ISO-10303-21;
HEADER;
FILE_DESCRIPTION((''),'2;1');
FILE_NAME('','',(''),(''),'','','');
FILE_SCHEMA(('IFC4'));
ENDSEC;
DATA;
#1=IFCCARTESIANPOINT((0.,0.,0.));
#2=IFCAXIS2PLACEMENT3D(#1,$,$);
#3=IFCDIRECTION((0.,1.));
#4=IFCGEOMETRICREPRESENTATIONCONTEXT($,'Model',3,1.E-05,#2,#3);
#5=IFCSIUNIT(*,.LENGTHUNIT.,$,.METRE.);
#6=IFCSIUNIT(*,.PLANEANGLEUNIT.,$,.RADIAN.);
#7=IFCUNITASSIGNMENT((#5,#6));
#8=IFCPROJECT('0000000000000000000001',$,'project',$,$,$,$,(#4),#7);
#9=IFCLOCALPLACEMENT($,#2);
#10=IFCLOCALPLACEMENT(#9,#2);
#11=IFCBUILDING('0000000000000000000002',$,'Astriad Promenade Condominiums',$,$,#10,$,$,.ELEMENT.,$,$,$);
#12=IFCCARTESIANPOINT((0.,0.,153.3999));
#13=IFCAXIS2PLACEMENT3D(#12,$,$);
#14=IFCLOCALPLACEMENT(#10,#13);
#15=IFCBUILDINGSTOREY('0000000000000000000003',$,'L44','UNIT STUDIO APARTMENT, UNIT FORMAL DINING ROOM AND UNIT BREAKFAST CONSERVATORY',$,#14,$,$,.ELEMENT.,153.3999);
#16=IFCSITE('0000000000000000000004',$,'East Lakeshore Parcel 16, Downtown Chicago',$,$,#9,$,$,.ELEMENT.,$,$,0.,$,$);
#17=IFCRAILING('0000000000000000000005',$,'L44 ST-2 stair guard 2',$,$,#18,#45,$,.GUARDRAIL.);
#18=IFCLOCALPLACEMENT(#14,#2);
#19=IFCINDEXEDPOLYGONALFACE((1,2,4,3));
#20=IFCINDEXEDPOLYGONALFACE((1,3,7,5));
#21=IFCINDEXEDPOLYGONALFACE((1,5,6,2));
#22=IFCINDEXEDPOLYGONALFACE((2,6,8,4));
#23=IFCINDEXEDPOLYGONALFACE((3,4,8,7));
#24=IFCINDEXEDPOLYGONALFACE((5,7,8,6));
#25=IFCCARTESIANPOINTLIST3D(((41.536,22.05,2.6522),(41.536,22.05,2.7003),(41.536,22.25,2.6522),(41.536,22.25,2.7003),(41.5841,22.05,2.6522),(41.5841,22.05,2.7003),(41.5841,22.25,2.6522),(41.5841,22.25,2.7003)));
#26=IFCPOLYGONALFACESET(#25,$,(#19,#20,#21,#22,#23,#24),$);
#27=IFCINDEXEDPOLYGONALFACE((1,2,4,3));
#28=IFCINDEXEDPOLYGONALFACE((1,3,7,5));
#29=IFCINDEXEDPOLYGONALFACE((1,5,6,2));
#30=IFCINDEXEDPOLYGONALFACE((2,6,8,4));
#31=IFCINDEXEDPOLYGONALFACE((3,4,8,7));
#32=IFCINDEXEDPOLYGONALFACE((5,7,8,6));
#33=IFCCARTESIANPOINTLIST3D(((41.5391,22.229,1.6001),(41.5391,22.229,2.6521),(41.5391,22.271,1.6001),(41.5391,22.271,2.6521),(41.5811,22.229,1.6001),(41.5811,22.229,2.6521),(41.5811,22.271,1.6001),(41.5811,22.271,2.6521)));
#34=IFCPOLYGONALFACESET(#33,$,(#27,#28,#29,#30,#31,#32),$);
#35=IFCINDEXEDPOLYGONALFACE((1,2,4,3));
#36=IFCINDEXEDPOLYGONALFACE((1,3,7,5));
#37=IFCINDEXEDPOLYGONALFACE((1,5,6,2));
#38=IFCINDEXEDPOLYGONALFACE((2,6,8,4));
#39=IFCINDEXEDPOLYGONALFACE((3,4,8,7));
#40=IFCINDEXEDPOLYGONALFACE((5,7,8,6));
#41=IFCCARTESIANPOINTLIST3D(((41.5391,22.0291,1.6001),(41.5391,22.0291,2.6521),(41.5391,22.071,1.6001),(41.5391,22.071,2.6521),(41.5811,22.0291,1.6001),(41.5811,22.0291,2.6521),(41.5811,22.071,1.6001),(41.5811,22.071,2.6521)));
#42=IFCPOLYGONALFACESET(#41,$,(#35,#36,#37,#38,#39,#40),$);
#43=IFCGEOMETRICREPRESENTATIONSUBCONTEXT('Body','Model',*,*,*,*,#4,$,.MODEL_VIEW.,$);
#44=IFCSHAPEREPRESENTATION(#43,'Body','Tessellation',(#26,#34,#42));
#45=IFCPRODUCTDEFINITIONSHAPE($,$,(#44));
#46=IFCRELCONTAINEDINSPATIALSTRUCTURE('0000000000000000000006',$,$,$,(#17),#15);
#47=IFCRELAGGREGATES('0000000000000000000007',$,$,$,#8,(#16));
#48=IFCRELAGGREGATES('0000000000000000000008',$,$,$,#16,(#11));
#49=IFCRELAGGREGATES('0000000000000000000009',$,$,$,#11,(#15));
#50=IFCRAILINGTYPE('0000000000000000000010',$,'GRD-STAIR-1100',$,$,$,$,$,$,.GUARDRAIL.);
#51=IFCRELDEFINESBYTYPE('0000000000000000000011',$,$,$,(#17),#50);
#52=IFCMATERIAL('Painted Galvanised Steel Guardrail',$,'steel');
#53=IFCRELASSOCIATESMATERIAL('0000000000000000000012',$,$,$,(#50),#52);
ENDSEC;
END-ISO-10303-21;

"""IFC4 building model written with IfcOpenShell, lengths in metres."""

from ifc_helpers import new_model, si_unit, direction, frame, origin, origin_2d, place, context, subcontext, project, spatial, rectangle, extrude, source, transform, mapped, material, type_object, element, save


model = new_model("IFC4")

# Units and contexts
model_context = context("Model", 3, precision=1e-05, world=origin(), true_north=direction((0.0, 1.0)))
body_context = subcontext(model_context, "Body", "Model", "MODEL_VIEW")
ifc_project = project(units=[si_unit("LENGTHUNIT", "METRE"), si_unit("PLANEANGLEUNIT", "RADIAN")], contexts=[model_context])

# Site, building, storey
site_placement = place(None, origin())
site = spatial("IfcSite", under=ifc_project, at=site_placement, Name="East Lakeshore Parcel 16, Downtown Chicago", CompositionType="ELEMENT", RefElevation=0.0)
building_placement = place(site_placement, origin())
building = spatial("IfcBuilding", under=site, at=building_placement, Name="Astriad Promenade Condominiums", CompositionType="ELEMENT")
storey_placement = place(building_placement, frame((0.0, 0.0, 153.3999)))
storey = spatial("IfcBuildingStorey", under=building, at=storey_placement, Name="L44", Description="UNIT STUDIO APARTMENT, UNIT FORMAL DINING ROOM AND UNIT BREAKFAST CONSERVATORY", CompositionType="ELEMENT", Elevation=153.3999)

# Railing
ifc_material_1 = material(Name="Painted Galvanised Steel Guardrail", Category="steel")
railing_type_1 = type_object("IfcRailingType", Name="GRD-STAIR-1100", PredefinedType="GUARDRAIL", material=ifc_material_1)
shared_shape_1 = source(origin(), body_context, "Body", "SweptSolid", [
    extrude(rectangle(XDim=0.0481, YDim=0.0481, at=origin_2d()), frame((0.0, 0.0, 1.0762), z_axis=(0.0, -1.0, 0.0), x_axis=(1.0, 0.0, 0.0)), (0.0, 0.0, 1.0), 0.2),
    extrude(rectangle(XDim=0.042, YDim=0.042, at=origin_2d()), origin(), (0.0, 0.0, 1.0), 1.052),
    extrude(rectangle(XDim=0.042, YDim=0.042, at=origin_2d()), frame((0.0, -0.2, 0.0)), (0.0, 0.0, 1.0), 1.052),
])
railing_1_placement = place(storey_placement, frame((41.5601, 22.25, 1.6001)))
element("IfcRailing", 1, at=railing_1_placement, inside=storey, type_object=railing_type_1, Name="L44 ST-2 stair guard 2", PredefinedType="GUARDRAIL", context=body_context, shape_type="MappedRepresentation", body=[
    mapped(shared_shape_1, transform((0.0, 0.0, 0.0), scale=1.0)),
])

save(model, "model.ifc")
